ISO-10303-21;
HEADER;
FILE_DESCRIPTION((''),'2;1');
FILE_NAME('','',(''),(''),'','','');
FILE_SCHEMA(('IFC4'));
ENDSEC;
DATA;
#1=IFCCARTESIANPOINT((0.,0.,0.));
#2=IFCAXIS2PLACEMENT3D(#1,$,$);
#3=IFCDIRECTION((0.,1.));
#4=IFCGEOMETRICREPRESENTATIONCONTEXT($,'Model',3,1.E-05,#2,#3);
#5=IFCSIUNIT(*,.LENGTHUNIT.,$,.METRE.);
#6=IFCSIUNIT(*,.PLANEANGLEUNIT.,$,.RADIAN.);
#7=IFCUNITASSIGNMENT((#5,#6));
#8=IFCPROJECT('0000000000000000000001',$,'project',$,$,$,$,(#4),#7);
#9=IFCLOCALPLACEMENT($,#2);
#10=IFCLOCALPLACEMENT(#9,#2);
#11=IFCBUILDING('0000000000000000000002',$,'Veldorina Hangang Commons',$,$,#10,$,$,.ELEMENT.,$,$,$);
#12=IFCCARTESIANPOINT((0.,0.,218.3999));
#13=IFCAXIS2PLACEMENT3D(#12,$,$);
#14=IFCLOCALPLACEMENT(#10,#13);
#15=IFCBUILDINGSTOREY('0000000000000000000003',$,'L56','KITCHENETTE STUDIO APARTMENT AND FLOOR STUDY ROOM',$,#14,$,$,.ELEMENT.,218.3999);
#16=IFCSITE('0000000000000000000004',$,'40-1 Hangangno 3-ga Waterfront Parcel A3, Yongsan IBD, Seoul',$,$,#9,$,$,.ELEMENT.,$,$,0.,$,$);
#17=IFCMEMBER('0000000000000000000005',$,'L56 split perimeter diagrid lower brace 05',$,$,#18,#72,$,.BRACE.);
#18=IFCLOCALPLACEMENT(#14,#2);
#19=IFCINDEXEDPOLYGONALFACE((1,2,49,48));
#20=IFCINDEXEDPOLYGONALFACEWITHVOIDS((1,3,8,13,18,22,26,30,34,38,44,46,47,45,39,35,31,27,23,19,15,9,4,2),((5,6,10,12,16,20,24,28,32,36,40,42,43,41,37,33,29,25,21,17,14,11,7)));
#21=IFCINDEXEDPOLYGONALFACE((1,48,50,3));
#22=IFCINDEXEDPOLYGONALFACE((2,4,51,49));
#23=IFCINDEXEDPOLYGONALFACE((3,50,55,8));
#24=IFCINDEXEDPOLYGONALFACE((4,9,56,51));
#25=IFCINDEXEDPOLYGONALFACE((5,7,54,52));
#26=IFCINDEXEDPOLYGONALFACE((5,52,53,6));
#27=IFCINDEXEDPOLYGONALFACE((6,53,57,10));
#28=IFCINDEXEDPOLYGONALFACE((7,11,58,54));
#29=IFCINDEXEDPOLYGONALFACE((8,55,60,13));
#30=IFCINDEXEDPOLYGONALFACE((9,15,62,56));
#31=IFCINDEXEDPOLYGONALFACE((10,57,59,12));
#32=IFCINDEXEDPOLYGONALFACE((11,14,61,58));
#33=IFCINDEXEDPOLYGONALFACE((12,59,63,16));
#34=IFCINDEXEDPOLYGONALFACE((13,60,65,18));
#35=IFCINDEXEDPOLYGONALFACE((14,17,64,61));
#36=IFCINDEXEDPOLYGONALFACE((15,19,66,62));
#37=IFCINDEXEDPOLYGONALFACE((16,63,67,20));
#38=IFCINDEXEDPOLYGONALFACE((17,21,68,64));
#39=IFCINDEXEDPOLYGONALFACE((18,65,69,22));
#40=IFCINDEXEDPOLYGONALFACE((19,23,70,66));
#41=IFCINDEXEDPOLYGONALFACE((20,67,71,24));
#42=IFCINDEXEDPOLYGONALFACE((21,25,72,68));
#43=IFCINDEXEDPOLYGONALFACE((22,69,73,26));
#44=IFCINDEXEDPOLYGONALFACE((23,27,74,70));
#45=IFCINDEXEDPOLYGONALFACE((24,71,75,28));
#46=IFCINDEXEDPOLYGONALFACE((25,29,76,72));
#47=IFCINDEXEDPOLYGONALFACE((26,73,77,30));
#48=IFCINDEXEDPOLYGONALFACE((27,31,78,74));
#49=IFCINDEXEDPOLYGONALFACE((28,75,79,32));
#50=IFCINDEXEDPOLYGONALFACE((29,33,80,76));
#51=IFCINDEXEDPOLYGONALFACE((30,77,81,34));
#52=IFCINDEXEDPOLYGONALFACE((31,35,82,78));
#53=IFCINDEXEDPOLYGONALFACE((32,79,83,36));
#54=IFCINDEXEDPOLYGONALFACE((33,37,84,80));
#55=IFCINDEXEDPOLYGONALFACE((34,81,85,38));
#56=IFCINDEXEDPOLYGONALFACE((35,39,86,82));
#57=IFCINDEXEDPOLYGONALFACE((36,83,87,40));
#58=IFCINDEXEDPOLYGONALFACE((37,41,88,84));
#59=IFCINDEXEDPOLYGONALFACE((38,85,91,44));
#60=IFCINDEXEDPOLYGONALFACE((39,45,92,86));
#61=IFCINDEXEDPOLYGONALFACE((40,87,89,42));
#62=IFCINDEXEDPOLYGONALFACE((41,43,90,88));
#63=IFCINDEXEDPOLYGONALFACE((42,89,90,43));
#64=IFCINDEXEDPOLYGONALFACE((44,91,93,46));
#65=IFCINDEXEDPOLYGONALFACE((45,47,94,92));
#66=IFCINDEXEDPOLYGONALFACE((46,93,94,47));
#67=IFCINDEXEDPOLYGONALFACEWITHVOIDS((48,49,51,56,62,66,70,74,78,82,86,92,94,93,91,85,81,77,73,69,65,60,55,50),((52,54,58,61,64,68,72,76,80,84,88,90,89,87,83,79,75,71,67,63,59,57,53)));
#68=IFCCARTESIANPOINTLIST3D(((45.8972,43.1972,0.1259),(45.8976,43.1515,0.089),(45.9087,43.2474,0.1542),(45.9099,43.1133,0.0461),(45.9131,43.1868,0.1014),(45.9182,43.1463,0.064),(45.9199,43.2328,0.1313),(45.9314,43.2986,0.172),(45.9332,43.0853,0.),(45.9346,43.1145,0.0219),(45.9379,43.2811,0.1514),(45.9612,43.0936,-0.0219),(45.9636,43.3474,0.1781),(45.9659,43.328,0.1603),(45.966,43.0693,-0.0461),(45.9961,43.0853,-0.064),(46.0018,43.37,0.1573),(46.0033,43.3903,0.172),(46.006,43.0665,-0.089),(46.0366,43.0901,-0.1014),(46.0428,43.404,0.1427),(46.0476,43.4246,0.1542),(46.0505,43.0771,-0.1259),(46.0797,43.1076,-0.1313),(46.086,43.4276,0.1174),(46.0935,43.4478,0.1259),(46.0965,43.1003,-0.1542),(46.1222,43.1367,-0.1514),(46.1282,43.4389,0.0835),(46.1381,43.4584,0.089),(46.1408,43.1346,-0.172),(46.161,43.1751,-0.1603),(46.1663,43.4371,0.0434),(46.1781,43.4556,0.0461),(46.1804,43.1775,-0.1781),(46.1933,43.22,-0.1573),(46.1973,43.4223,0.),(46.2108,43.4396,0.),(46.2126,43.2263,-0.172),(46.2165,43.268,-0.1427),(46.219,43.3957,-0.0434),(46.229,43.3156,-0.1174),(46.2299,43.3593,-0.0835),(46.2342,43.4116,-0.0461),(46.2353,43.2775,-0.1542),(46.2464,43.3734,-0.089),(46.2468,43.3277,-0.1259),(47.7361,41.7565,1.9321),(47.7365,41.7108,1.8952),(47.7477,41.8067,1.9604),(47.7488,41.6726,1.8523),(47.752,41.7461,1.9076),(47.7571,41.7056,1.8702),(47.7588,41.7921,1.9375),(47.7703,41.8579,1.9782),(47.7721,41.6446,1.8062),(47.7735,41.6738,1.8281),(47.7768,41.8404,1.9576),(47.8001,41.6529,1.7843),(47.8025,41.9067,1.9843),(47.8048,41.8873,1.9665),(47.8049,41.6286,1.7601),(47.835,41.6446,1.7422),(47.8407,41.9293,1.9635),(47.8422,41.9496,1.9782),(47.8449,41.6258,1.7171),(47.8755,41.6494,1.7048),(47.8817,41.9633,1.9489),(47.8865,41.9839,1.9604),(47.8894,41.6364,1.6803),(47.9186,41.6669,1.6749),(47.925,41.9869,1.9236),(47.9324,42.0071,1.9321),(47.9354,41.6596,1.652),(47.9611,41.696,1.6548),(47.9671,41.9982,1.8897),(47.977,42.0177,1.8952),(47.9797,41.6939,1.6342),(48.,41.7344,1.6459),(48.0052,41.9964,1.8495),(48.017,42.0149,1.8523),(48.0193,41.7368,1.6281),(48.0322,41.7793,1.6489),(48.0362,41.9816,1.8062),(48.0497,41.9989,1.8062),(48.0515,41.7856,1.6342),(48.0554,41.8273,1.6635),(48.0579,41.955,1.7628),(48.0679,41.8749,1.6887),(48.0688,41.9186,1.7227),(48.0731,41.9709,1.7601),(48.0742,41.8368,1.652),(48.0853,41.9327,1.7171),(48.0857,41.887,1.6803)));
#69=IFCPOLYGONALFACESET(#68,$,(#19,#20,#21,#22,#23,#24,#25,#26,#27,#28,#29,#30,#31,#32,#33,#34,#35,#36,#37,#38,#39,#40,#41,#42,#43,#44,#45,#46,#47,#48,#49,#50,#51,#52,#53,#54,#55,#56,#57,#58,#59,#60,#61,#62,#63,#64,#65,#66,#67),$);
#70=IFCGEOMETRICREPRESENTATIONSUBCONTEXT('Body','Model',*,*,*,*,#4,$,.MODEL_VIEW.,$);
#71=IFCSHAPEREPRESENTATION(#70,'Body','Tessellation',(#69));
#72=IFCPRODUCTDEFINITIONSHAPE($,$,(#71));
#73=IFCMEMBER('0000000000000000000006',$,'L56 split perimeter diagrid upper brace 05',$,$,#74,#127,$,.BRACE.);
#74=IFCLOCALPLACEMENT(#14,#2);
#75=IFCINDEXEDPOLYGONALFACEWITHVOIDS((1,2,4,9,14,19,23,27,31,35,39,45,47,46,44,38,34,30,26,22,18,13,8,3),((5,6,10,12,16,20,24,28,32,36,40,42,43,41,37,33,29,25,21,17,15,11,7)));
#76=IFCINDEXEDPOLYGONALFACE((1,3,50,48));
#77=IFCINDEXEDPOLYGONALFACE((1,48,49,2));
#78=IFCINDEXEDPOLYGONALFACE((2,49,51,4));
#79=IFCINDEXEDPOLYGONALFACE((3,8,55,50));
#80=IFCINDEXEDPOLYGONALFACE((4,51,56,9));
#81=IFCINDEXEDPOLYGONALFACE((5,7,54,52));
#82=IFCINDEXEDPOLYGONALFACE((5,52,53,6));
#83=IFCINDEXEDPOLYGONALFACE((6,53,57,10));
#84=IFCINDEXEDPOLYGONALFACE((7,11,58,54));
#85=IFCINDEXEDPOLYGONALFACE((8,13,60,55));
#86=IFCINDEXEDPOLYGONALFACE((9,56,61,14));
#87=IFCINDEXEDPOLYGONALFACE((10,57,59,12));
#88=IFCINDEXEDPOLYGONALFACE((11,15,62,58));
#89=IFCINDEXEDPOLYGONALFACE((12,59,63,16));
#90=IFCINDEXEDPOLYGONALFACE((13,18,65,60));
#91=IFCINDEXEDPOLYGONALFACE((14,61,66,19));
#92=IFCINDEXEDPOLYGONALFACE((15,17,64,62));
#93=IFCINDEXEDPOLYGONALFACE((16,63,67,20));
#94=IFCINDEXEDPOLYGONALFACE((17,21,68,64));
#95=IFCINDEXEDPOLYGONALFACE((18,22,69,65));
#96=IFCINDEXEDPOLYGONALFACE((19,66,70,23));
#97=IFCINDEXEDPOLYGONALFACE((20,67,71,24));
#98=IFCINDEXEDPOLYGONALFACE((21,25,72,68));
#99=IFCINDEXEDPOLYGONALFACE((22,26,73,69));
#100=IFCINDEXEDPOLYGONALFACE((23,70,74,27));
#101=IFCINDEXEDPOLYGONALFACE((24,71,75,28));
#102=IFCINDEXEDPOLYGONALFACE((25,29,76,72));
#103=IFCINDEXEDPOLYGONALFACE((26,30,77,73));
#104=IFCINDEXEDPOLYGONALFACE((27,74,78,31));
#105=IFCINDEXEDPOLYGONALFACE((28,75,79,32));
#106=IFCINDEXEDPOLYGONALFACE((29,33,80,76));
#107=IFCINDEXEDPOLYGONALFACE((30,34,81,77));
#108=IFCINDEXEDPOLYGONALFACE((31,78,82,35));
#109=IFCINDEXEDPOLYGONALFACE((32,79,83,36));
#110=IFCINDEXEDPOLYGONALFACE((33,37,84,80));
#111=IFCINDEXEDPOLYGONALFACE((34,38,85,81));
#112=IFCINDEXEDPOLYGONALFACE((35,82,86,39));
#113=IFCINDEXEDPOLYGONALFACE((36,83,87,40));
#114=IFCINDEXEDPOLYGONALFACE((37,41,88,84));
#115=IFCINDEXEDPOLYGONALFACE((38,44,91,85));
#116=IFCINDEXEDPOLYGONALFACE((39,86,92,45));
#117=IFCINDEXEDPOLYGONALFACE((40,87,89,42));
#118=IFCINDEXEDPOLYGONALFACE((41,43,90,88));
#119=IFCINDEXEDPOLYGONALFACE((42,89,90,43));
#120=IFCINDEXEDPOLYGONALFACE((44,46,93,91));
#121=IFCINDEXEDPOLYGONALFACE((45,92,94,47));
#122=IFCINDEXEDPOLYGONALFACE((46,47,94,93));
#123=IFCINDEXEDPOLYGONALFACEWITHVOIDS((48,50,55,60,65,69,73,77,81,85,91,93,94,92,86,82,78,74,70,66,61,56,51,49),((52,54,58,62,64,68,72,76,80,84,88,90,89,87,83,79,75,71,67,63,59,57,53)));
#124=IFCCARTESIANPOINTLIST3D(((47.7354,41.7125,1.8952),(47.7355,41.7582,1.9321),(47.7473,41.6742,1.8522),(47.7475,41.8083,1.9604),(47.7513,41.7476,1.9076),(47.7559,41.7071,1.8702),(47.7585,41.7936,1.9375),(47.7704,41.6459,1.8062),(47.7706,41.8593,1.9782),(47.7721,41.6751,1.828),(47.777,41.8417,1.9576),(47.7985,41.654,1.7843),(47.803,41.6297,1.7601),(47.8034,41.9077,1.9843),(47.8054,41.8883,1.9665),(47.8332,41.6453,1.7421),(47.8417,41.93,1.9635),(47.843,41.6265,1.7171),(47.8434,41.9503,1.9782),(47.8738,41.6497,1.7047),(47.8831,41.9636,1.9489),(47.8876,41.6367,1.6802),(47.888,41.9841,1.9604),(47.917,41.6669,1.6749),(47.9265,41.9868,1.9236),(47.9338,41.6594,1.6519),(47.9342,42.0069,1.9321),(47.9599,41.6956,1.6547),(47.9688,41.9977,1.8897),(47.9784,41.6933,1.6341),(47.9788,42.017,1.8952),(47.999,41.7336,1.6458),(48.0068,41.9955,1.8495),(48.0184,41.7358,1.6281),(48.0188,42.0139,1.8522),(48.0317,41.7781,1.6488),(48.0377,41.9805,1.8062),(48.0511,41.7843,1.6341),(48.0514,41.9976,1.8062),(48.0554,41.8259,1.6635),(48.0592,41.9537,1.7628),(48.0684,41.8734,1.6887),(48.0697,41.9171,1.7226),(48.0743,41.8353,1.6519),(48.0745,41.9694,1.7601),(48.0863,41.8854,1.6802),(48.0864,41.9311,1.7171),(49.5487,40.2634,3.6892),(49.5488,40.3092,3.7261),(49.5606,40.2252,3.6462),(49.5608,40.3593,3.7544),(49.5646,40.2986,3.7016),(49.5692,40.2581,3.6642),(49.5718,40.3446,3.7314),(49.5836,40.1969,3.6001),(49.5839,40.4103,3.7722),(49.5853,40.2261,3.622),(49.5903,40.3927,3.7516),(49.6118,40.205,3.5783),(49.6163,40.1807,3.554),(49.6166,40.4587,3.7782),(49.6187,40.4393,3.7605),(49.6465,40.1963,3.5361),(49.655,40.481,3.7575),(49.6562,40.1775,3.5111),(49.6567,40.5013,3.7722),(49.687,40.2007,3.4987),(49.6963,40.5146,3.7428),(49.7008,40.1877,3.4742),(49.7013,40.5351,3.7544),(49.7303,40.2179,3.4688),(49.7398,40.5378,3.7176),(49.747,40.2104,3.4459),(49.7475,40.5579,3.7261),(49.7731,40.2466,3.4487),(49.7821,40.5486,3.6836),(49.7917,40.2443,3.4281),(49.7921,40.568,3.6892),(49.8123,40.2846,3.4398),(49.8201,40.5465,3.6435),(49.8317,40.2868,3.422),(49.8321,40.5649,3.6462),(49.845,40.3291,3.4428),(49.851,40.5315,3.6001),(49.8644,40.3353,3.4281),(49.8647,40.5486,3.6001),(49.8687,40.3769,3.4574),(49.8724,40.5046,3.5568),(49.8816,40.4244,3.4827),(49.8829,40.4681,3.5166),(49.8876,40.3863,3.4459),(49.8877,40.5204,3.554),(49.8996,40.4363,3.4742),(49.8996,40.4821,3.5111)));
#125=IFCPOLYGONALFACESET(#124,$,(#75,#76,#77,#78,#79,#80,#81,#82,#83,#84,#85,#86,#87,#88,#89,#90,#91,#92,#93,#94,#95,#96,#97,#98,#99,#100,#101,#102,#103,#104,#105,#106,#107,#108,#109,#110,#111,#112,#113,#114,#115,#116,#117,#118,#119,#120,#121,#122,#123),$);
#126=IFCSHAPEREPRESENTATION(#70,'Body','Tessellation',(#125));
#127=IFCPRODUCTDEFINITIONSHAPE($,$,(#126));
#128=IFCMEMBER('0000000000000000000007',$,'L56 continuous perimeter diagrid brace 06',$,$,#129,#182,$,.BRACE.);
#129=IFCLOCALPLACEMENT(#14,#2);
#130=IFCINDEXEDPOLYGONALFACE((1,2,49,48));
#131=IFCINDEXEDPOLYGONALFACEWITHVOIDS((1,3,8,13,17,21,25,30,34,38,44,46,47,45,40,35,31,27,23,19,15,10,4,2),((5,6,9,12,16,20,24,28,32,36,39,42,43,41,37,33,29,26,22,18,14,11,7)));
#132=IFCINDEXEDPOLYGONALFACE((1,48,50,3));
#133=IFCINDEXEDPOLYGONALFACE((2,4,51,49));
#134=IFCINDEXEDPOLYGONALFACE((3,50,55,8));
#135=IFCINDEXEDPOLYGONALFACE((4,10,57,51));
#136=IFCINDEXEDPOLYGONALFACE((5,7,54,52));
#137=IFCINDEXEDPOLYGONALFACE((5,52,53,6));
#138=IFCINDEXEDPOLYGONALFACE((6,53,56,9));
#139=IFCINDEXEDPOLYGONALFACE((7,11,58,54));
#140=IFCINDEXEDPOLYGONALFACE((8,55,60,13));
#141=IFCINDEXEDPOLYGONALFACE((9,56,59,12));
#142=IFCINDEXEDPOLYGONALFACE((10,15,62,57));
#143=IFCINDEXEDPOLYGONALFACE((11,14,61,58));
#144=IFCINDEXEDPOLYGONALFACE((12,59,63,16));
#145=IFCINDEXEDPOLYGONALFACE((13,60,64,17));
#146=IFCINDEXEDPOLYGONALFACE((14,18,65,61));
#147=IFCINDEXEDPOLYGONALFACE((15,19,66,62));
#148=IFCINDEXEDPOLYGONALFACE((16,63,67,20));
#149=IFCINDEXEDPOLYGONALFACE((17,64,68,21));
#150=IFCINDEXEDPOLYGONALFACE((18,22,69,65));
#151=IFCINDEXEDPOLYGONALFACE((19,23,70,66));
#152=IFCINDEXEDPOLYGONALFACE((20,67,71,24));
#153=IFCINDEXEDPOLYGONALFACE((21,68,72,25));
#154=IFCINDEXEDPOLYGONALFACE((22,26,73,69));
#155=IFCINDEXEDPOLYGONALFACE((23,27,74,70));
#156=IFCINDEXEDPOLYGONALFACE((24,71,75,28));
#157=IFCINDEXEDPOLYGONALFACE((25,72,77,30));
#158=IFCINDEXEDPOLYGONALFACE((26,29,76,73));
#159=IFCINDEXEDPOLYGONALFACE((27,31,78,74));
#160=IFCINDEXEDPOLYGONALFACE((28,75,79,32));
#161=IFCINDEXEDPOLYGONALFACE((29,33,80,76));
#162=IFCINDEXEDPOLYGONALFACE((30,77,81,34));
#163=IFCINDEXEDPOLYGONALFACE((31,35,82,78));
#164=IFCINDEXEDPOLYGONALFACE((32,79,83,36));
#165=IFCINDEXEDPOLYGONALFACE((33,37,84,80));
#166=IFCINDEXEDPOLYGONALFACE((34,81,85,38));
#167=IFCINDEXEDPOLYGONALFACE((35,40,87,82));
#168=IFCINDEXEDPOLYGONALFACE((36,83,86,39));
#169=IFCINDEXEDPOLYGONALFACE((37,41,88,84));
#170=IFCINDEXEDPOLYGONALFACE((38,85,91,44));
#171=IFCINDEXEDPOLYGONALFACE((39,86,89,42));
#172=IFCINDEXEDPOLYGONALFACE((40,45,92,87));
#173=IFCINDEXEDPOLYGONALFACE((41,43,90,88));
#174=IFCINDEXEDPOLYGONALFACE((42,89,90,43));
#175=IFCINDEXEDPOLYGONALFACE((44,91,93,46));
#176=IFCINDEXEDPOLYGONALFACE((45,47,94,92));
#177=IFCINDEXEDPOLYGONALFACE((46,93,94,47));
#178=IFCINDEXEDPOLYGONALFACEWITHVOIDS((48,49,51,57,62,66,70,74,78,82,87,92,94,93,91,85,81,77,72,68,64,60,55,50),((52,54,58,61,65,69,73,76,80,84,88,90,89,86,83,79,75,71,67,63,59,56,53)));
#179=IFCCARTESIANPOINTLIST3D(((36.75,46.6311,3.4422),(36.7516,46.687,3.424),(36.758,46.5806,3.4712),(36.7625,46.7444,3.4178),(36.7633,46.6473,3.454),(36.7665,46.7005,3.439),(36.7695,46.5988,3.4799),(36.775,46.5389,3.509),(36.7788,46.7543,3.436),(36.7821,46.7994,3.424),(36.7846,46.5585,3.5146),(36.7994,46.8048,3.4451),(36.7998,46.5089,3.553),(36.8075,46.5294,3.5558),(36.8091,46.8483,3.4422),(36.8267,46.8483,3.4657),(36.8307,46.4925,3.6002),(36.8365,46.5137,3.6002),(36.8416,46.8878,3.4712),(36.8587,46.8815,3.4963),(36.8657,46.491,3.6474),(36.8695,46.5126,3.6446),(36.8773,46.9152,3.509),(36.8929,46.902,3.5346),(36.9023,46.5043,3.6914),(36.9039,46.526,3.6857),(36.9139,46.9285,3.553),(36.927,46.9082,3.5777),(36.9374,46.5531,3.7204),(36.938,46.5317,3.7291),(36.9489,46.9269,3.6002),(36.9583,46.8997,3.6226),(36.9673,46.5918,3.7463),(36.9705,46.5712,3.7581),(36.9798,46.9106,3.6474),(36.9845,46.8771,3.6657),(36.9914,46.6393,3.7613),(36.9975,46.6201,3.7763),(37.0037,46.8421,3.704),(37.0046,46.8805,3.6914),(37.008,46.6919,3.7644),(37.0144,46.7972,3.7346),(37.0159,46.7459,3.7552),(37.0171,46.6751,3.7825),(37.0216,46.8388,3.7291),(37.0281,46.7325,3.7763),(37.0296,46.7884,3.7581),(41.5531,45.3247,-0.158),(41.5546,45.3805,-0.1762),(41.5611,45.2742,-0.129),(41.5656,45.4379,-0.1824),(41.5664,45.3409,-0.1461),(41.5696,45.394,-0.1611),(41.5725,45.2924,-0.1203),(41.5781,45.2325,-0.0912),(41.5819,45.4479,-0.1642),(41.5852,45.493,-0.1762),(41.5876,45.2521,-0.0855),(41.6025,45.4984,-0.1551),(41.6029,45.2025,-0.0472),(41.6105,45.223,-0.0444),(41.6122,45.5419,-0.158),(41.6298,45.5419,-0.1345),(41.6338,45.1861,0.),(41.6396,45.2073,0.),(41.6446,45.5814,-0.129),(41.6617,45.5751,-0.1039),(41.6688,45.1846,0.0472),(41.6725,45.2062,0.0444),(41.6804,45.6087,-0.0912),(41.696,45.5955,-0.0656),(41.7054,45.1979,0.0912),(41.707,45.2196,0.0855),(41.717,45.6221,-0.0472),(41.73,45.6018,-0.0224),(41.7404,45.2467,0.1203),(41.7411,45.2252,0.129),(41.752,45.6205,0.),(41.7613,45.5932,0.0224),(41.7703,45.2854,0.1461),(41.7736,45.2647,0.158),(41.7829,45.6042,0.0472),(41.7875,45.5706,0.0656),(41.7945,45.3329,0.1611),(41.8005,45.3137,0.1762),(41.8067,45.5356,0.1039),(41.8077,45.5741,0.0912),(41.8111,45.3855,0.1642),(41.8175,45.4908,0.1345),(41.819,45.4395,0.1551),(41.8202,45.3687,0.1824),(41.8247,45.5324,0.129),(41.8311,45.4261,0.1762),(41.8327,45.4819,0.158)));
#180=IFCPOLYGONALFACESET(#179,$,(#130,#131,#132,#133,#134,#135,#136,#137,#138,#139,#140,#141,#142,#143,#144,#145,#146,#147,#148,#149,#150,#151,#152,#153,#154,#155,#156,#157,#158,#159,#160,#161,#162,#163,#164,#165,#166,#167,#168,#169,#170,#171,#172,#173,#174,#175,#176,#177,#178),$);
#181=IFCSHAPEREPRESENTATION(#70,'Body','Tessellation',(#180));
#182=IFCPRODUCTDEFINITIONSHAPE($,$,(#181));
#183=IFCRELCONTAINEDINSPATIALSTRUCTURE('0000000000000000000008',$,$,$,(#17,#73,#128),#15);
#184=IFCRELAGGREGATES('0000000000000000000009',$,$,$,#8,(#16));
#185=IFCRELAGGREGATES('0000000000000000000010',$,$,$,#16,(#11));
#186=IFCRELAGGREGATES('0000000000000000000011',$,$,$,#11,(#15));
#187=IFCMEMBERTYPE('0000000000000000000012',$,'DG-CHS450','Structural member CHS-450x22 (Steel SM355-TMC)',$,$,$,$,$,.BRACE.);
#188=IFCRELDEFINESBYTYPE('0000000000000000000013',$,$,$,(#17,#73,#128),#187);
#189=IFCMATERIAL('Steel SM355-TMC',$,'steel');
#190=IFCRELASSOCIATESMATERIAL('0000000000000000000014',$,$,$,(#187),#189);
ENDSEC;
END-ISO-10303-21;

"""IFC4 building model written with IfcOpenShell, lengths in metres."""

from ifc_helpers import new_model, si_unit, direction, frame, origin, origin_2d, place, context, subcontext, project, spatial, hollow_circle, extrude, material, material_profile, profile_set, type_object, element, save


model = new_model("IFC4")

# Units and contexts
model_context = context("Model", 3, precision=1e-05, world=origin(), true_north=direction((0.0, 1.0)))
body_context = subcontext(model_context, "Body", "Model", "MODEL_VIEW")
ifc_project = project(units=[si_unit("LENGTHUNIT", "METRE"), si_unit("PLANEANGLEUNIT", "RADIAN")], contexts=[model_context])

# Site, building, storey
site_placement = place(None, origin())
site = spatial("IfcSite", under=ifc_project, at=site_placement, Name="40-1 Hangangno 3-ga Waterfront Parcel A3, Yongsan IBD, Seoul", CompositionType="ELEMENT", RefElevation=0.0)
building_placement = place(site_placement, origin())
building = spatial("IfcBuilding", under=site, at=building_placement, Name="Veldorina Hangang Commons", CompositionType="ELEMENT")
storey_placement = place(building_placement, frame((0.0, 0.0, 218.3999)))
storey = spatial("IfcBuildingStorey", under=building, at=storey_placement, Name="L56", Description="KITCHENETTE STUDIO APARTMENT AND FLOOR STUDY ROOM", CompositionType="ELEMENT", Elevation=218.3999)

# Shared definitions
ifc_material_1 = material(Name="Steel SM355-TMC", Category="steel")

# Members
ifc_material_profile_1 = material_profile(ifc_material_1, hollow_circle(Radius=0.2251, WallThickness=0.022, at=origin_2d()), Name="CHS-450x22")
ifc_profile_set_1 = profile_set([ifc_material_profile_1], Name="Steel SM355-TMC")
member_type_1 = type_object("IfcMemberType", Name="DG-CHS450", Description="Structural member CHS-450x22 (Steel SM355-TMC)", PredefinedType="BRACE", material=ifc_profile_set_1)
member_1_placement = place(storey_placement, frame((46.072, 43.2625, 0.0), z_axis=(0.622749, -0.487897, 0.61167), x_axis=(0.616722, 0.787181, 0.0)))
element("IfcMember", 1, at=member_1_placement, inside=storey, type_object=member_type_1, Name="L56 split perimeter diagrid lower brace 05", PredefinedType="BRACE", context=body_context, shape_type="SweptSolid", body=[
    extrude(hollow_circle(Radius=0.2251, WallThickness=0.022, at=origin_2d()), origin(), (0.0, 0.0, 1.0), 2.9529),
])
member_2_placement = place(storey_placement, frame((47.9109, 41.8218, 1.8062), z_axis=(0.618107, -0.493936, 0.611532), x_axis=(0.624272, 0.781207, 0.0)))
element("IfcMember", 2, at=member_2_placement, inside=storey, type_object=member_type_1, Name="L56 split perimeter diagrid upper brace 05", PredefinedType="BRACE", context=body_context, shape_type="SweptSolid", body=[
    extrude(hollow_circle(Radius=0.2251, WallThickness=0.022, at=origin_2d()), origin(), (0.0, 0.0, 1.0), 2.9336),
])
member_3_placement = place(storey_placement, frame((41.6929, 45.4033, 0.0), z_axis=(-0.781867, 0.212666, 0.586052), x_axis=(-0.262462, -0.964942, 0.0)))
element("IfcMember", 3, at=member_3_placement, inside=storey, type_object=member_type_1, Name="L56 continuous perimeter diagrid brace 06", PredefinedType="BRACE", context=body_context, shape_type="SweptSolid", body=[
    extrude(hollow_circle(Radius=0.2251, WallThickness=0.022, at=origin_2d()), origin(), (0.0, 0.0, 1.0), 6.1431),
])

save(model, "model.ifc")
